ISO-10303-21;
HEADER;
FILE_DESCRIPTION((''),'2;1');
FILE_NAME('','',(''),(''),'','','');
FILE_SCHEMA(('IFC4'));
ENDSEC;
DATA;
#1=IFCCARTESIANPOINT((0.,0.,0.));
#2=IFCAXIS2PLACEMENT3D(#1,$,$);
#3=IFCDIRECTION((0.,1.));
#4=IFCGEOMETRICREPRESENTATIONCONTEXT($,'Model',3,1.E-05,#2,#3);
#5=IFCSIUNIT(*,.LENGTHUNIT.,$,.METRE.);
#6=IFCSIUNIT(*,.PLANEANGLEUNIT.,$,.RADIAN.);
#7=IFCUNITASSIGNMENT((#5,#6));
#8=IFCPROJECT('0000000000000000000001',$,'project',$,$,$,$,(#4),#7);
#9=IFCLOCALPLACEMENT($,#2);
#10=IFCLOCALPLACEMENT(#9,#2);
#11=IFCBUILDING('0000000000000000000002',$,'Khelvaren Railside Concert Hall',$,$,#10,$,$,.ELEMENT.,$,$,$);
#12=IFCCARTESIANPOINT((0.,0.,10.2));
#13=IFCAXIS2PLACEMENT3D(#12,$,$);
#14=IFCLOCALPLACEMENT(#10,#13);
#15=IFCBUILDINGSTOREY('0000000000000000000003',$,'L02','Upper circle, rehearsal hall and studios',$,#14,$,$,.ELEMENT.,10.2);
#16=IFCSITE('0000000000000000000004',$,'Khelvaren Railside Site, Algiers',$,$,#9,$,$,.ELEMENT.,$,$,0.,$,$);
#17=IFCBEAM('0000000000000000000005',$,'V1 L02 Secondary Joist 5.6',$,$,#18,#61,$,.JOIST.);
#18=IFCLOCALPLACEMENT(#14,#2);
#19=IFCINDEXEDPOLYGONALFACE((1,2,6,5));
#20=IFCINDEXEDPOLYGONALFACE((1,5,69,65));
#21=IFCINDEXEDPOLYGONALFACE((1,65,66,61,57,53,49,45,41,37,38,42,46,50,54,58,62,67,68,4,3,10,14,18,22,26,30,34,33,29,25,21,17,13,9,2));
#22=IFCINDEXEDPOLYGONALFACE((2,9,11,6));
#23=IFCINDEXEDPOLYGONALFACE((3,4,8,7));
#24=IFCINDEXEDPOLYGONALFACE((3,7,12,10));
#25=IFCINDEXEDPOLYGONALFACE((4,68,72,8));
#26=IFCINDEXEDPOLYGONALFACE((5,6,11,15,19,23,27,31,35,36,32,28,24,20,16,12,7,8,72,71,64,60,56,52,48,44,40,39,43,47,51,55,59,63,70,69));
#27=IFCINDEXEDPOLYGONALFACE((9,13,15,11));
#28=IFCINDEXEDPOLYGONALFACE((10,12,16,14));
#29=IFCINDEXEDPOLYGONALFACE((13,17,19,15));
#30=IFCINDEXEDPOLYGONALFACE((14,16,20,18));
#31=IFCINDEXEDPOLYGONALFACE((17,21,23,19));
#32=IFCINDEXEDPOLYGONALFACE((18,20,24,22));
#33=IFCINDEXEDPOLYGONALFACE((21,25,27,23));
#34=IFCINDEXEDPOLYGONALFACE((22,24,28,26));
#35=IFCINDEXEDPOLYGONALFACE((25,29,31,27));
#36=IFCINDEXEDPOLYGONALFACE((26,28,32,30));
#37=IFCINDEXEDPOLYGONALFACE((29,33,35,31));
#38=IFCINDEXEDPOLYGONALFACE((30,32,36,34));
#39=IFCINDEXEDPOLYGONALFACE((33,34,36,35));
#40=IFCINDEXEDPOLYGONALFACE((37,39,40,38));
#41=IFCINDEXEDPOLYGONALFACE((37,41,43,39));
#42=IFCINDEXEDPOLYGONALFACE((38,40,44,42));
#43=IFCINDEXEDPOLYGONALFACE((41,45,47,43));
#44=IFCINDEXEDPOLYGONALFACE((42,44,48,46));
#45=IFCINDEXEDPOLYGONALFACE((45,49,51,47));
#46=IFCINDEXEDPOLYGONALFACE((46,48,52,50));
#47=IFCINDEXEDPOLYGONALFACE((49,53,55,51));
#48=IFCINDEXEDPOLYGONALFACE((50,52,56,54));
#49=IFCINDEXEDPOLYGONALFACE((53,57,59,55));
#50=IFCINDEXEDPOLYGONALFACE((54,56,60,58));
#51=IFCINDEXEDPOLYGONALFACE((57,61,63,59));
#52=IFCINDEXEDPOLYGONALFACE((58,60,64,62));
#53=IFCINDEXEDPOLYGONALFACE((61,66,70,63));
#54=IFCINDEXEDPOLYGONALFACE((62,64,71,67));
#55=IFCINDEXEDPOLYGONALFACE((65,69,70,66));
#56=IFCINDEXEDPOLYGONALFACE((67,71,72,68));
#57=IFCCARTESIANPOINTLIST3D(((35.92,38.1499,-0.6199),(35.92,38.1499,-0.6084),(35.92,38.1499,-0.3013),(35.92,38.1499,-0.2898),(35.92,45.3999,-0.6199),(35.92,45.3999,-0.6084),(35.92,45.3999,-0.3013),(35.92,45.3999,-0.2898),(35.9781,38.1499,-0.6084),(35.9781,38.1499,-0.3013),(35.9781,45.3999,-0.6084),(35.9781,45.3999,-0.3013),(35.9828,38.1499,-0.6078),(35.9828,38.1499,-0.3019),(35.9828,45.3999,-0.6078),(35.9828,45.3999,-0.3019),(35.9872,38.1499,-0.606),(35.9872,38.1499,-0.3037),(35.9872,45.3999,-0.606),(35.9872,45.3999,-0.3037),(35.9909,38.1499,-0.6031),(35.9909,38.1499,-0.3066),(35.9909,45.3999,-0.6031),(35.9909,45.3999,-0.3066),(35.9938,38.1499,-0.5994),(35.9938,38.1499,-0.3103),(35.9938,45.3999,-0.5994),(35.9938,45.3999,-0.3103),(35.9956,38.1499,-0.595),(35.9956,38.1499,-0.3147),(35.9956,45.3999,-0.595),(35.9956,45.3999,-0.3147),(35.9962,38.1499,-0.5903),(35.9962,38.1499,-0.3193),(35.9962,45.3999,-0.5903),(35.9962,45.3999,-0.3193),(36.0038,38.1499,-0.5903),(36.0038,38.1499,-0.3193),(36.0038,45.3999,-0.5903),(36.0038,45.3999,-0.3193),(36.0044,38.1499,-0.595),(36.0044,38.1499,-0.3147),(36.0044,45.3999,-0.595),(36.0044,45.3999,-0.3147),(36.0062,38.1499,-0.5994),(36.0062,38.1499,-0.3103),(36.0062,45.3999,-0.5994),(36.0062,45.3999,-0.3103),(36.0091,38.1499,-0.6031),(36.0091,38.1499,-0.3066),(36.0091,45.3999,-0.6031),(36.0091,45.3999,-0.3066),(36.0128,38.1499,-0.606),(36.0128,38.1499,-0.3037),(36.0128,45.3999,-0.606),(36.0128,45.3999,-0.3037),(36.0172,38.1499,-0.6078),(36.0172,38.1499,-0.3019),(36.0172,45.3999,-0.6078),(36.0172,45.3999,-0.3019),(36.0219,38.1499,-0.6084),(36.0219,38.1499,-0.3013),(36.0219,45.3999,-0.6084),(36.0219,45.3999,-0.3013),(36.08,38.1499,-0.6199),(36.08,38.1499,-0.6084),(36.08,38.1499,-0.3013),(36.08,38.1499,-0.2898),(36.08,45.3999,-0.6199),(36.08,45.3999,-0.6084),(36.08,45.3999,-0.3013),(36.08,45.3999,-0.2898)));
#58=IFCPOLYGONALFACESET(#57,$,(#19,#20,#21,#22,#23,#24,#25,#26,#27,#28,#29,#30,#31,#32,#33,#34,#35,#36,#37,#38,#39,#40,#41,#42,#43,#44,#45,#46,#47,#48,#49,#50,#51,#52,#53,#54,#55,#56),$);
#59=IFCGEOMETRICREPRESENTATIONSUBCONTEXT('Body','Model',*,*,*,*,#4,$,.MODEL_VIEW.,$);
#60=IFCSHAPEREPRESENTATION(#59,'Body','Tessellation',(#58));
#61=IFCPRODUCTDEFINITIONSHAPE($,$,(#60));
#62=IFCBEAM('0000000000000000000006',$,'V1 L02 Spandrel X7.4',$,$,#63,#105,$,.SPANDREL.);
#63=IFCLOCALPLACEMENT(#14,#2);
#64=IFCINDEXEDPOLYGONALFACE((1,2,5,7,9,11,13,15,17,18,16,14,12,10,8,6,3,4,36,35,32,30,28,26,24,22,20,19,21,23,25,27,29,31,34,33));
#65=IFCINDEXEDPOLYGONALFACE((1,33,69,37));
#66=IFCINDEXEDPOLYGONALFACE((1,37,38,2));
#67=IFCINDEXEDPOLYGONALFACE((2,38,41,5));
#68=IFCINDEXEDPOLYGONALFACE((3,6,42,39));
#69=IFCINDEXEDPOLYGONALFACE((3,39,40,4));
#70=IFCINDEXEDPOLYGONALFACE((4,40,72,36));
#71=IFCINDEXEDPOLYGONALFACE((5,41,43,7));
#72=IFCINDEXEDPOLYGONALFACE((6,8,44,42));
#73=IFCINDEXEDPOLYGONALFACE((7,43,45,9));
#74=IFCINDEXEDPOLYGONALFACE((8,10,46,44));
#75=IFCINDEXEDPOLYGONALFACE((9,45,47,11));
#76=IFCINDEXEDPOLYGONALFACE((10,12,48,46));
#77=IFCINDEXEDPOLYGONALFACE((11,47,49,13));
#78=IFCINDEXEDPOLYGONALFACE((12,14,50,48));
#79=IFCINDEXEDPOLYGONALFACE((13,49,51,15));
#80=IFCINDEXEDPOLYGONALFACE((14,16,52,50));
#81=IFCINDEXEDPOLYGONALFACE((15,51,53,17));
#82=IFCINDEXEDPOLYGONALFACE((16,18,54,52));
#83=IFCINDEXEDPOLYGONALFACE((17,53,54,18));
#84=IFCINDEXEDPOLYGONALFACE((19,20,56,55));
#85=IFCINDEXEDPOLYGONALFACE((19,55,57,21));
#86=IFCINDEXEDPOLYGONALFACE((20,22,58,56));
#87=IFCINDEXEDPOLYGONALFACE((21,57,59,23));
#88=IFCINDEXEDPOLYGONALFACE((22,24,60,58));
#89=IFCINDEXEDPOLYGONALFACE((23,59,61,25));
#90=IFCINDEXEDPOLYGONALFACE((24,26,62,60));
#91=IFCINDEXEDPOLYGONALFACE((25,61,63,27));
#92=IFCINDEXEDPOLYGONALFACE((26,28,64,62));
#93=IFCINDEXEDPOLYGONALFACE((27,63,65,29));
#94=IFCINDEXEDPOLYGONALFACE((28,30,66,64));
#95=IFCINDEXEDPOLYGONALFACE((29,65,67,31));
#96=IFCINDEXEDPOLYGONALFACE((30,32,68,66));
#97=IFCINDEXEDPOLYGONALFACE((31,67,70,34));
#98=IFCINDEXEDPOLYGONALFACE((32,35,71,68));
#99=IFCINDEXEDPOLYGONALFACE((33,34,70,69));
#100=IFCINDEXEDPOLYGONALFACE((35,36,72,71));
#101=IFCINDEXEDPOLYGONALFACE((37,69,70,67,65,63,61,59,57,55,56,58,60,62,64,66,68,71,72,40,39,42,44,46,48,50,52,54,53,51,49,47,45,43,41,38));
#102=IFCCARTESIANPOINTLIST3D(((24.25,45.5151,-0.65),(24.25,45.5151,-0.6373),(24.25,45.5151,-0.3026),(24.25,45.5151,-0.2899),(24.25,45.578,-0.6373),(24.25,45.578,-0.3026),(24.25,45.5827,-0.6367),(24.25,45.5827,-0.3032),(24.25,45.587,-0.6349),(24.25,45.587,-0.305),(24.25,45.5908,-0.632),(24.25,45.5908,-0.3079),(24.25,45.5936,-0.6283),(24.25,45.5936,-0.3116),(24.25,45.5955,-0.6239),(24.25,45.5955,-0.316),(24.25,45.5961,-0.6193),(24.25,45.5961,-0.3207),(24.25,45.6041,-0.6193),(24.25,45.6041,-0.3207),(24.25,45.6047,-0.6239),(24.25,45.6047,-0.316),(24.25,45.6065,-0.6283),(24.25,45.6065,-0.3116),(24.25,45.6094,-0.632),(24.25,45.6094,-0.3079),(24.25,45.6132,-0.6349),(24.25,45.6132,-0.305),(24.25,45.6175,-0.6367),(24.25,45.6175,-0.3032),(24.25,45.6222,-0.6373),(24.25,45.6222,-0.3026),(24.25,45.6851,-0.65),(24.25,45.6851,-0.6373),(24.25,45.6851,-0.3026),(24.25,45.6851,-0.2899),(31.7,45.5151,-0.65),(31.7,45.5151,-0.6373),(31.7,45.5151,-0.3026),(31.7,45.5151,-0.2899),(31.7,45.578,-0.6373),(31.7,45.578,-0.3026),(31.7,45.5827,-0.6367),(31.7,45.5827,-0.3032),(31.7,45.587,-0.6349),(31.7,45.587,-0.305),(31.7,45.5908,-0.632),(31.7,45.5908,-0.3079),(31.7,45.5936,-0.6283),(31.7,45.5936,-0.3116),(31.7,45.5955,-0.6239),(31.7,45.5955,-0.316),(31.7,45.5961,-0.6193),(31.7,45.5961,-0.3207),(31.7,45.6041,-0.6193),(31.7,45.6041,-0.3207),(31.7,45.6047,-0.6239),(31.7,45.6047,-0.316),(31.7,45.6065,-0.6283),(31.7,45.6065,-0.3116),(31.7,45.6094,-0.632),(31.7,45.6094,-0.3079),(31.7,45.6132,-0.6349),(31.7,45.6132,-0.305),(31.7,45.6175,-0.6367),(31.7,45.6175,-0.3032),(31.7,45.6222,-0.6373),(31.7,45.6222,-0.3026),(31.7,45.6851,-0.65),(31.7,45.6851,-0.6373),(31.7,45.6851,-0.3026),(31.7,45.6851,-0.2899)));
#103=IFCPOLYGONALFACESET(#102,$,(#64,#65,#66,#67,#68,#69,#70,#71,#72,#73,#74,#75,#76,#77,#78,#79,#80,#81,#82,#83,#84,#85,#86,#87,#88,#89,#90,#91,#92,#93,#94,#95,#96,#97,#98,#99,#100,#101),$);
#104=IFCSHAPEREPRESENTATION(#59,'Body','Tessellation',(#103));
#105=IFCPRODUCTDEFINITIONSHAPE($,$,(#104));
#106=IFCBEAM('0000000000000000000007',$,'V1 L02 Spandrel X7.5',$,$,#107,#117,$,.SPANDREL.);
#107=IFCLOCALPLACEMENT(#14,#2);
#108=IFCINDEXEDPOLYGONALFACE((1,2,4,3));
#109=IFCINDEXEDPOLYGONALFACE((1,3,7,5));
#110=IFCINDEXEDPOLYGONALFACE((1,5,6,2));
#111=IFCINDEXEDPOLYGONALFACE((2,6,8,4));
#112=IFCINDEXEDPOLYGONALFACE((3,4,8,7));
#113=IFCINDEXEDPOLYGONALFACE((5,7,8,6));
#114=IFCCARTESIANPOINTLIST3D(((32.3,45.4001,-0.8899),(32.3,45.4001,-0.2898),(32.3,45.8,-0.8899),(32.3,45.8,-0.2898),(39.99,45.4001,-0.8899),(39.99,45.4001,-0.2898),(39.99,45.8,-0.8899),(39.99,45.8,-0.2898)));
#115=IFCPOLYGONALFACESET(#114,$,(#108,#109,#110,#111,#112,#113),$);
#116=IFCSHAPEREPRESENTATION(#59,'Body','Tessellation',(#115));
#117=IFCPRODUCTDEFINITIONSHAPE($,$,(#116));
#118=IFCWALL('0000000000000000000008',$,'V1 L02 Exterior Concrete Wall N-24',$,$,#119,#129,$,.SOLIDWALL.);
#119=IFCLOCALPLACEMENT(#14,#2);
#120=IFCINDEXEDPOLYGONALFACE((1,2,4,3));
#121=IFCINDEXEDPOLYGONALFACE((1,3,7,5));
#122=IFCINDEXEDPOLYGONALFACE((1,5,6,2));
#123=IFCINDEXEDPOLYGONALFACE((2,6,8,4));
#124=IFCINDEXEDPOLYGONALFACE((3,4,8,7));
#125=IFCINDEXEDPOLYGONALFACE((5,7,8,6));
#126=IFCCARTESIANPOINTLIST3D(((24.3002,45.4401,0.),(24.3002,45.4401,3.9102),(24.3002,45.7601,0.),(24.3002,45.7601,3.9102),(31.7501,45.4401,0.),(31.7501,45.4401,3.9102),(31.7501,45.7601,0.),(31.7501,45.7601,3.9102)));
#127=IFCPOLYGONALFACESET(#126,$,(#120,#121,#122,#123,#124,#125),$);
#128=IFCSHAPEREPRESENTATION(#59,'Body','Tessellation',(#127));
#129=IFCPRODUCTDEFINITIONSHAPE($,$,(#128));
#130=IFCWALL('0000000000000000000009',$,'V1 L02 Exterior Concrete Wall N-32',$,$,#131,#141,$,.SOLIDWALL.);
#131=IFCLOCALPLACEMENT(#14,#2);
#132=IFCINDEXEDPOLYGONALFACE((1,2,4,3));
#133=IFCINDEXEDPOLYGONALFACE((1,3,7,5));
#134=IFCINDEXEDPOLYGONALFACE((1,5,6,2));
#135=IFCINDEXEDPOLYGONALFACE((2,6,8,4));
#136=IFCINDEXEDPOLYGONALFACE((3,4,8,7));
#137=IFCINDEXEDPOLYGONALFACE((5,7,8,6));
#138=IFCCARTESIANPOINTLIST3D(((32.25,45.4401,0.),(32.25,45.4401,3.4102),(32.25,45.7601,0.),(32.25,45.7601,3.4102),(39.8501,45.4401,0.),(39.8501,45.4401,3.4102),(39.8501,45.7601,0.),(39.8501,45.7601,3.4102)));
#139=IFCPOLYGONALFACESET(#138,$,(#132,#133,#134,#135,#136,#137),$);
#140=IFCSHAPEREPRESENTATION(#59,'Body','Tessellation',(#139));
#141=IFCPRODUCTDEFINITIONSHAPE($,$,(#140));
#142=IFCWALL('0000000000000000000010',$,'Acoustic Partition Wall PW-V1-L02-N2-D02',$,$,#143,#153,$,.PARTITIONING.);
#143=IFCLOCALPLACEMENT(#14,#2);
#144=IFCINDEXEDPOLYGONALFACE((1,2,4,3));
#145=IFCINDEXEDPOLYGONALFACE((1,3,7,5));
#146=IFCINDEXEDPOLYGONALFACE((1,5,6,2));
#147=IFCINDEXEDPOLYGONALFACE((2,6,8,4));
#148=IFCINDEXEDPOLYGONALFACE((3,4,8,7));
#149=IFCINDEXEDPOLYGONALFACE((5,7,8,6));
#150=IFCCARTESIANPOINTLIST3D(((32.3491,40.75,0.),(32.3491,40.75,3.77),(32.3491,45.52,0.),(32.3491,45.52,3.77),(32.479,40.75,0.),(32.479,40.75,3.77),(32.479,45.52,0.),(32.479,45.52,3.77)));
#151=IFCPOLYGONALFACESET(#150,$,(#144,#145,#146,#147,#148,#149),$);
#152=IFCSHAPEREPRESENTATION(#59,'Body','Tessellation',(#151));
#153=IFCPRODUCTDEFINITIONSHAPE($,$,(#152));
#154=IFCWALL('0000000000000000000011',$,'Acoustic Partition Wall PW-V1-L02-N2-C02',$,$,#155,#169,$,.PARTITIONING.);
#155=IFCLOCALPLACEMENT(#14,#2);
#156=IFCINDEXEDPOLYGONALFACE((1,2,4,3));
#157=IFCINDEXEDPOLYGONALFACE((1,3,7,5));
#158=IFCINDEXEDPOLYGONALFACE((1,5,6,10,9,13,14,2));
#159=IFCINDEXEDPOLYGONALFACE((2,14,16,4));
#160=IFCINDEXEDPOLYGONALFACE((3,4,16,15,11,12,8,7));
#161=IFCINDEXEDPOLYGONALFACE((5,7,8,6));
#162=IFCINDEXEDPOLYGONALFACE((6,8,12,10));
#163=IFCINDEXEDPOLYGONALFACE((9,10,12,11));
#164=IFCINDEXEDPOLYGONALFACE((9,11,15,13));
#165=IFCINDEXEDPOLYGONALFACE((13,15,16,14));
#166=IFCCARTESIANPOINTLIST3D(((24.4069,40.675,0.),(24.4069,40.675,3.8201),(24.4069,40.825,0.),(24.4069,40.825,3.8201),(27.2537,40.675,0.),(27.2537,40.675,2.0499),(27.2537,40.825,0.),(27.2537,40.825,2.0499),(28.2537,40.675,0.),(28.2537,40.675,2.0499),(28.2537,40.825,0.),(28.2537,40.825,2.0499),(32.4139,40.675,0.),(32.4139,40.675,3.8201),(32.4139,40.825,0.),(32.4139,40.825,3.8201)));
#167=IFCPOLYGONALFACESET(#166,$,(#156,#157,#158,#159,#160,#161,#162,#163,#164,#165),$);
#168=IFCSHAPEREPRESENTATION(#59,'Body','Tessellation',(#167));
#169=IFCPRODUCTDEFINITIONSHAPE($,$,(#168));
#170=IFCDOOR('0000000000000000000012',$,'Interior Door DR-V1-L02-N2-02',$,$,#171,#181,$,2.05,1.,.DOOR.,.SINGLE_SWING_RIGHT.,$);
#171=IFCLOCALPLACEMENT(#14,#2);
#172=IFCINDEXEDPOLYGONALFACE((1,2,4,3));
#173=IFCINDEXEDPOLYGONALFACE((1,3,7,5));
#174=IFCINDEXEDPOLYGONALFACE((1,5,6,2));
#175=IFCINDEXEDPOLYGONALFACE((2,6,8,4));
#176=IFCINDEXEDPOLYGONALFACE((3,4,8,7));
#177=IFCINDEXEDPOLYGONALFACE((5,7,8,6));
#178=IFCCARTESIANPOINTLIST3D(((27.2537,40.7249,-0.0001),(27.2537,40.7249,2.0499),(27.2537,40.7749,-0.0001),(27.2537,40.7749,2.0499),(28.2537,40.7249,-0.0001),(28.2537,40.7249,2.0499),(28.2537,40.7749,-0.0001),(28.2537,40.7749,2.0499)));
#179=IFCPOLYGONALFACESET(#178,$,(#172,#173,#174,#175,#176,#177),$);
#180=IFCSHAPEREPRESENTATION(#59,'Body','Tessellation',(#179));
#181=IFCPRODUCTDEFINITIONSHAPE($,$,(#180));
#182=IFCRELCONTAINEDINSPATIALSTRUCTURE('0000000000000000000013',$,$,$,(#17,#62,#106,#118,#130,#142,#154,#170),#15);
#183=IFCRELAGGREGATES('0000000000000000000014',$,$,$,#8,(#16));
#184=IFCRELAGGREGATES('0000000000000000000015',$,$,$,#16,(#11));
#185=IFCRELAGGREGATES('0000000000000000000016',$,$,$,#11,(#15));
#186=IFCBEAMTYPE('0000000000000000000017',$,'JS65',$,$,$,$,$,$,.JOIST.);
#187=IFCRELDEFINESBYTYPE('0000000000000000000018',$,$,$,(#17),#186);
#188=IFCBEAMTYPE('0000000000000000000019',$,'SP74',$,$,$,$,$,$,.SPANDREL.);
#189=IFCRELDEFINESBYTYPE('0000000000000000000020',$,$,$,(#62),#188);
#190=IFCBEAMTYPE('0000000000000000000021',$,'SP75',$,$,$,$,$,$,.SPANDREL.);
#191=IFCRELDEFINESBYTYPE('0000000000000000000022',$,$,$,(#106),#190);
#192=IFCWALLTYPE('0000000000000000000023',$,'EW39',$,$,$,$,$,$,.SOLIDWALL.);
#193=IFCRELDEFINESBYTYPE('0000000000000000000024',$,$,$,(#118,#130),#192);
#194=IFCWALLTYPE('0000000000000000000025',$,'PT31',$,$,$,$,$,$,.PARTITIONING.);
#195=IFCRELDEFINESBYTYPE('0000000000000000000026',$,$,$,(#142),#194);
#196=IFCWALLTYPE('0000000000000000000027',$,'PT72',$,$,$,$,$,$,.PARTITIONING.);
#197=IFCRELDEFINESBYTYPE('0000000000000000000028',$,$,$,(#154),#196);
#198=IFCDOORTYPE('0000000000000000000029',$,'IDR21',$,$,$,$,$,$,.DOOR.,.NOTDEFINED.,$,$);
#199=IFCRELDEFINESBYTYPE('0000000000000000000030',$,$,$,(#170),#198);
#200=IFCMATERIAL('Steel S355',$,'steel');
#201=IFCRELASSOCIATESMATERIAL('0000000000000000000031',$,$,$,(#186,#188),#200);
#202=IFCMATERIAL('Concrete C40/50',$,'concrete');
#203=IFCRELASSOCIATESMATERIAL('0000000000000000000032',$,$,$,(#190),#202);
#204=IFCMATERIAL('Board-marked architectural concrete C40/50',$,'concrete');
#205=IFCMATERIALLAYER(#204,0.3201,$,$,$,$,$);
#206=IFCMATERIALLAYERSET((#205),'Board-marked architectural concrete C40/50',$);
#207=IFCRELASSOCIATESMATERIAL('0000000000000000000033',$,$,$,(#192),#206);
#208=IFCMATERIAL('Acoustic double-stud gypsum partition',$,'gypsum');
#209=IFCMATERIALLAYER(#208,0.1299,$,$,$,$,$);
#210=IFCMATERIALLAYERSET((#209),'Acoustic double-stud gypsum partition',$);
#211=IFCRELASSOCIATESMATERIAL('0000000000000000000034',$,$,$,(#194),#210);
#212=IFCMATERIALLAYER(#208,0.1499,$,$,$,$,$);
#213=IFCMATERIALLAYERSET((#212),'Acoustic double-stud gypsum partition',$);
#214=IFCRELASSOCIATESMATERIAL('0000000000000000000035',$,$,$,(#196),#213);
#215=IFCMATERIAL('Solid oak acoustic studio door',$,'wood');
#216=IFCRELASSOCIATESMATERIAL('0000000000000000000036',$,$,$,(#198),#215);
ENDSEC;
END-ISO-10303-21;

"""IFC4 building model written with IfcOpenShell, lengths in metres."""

from ifc_helpers import new_model, si_unit, direction, frame, frame_2d, origin, origin_2d, place, context, subcontext, project, spatial, rectangle, i_section, extrude, material, layer, layer_set, material_profile, profile_set, type_object, element, fill, save


model = new_model("IFC4")

# Units and contexts
model_context = context("Model", 3, precision=1e-05, world=origin(), true_north=direction((0.0, 1.0)))
body_context = subcontext(model_context, "Body", "Model", "MODEL_VIEW")
ifc_project = project(units=[si_unit("LENGTHUNIT", "METRE"), si_unit("PLANEANGLEUNIT", "RADIAN")], contexts=[model_context])

# Site, building, storey
site_placement = place(None, origin())
site = spatial("IfcSite", under=ifc_project, at=site_placement, Name="Khelvaren Railside Site, Algiers", CompositionType="ELEMENT", RefElevation=0.0)
building_placement = place(site_placement, origin())
building = spatial("IfcBuilding", under=site, at=building_placement, Name="Khelvaren Railside Concert Hall", CompositionType="ELEMENT")
storey_placement = place(building_placement, frame((0.0, 0.0, 10.2)))
storey = spatial("IfcBuildingStorey", under=building, at=storey_placement, Name="L02", Description="Upper circle, rehearsal hall and studios", CompositionType="ELEMENT", Elevation=10.2)

# Shared definitions
ifc_material_1 = material(Name="Steel S355", Category="steel")

# Beams
ifc_material_profile_1 = material_profile(ifc_material_1, i_section(OverallWidth=0.1599, OverallDepth=0.3301, WebThickness=0.0076, FlangeThickness=0.0115, FilletRadius=0.0181, at=origin_2d()), Name="IPE 330")
ifc_profile_set_1 = profile_set([ifc_material_profile_1], Name="Steel S355")
beam_type_1 = type_object("IfcBeamType", Name="JS65", PredefinedType="JOIST", material=ifc_profile_set_1)
beam_1_placement = place(storey_placement, frame((36.0, 38.1499, -0.4548), z_axis=(0.0, 1.0, 0.0), x_axis=(-1.0, 0.0, 0.0)))
element("IfcBeam", 1, at=beam_1_placement, inside=storey, type_object=beam_type_1, Name="V1 L02 Secondary Joist 5.6", PredefinedType="JOIST", context=body_context, shape_type="SweptSolid", body=[
    extrude(i_section(OverallWidth=0.1599, OverallDepth=0.3301, WebThickness=0.0076, FlangeThickness=0.0115, FilletRadius=0.0181, at=origin_2d()), origin(), (0.0, 0.0, 1.0), 7.25),
])
ifc_material_profile_2 = material_profile(ifc_material_1, i_section(OverallWidth=0.1699, OverallDepth=0.3601, WebThickness=0.0081, FlangeThickness=0.0127, FilletRadius=0.0181, at=origin_2d()), Name="IPE 360")
ifc_profile_set_2 = profile_set([ifc_material_profile_2], Name="Steel S355")
beam_type_2 = type_object("IfcBeamType", Name="SP74", PredefinedType="SPANDREL", material=ifc_profile_set_2)
beam_2_placement = place(storey_placement, frame((24.25, 45.6001, -0.47), z_axis=(1.0, 0.0, 0.0), x_axis=(0.0, 1.0, 0.0)))
element("IfcBeam", 2, at=beam_2_placement, inside=storey, type_object=beam_type_2, Name="V1 L02 Spandrel X7.4", PredefinedType="SPANDREL", context=body_context, shape_type="SweptSolid", body=[
    extrude(i_section(OverallWidth=0.1699, OverallDepth=0.3601, WebThickness=0.0081, FlangeThickness=0.0127, FilletRadius=0.0181, at=origin_2d()), origin(), (0.0, 0.0, 1.0), 7.45),
])
ifc_material_2 = material(Name="Concrete C40/50", Category="concrete")
ifc_material_profile_3 = material_profile(ifc_material_2, rectangle(XDim=0.3999, YDim=0.6001, at=origin_2d()), Name="RCB 400x600")
ifc_profile_set_3 = profile_set([ifc_material_profile_3], Name="Concrete C40/50")
beam_type_3 = type_object("IfcBeamType", Name="SP75", PredefinedType="SPANDREL", material=ifc_profile_set_3)
beam_3_placement = place(storey_placement, frame((32.3, 45.6001, -0.5898), z_axis=(1.0, 0.0, 0.0), x_axis=(0.0, 1.0, 0.0)))
element("IfcBeam", 3, at=beam_3_placement, inside=storey, type_object=beam_type_3, Name="V1 L02 Spandrel X7.5", PredefinedType="SPANDREL", context=body_context, shape_type="SweptSolid", body=[
    extrude(rectangle(XDim=0.3999, YDim=0.6001, at=origin_2d()), origin(), (0.0, 0.0, 1.0), 7.6899),
])

# Walls
ifc_material_3 = material(Name="Board-marked architectural concrete C40/50", Category="concrete")
ifc_layer_1 = layer(ifc_material_3, 0.3201)
ifc_layer_set_1 = layer_set([ifc_layer_1], Name="Board-marked architectural concrete C40/50")
wall_type_1 = type_object("IfcWallType", Name="EW39", PredefinedType="SOLIDWALL", material=ifc_layer_set_1)
wall_1_placement = place(storey_placement, frame((24.3, 45.6001, 0.0), z_axis=(0.0, 0.0, 1.0), x_axis=(1.0, 0.0, 0.0)))
element("IfcWall", 4, at=wall_1_placement, inside=storey, type_object=wall_type_1, Name="V1 L02 Exterior Concrete Wall N-24", PredefinedType="SOLIDWALL", context=body_context, shape_type="SweptSolid", body=[
    extrude(rectangle(XDim=7.45, YDim=0.3201, at=frame_2d((3.7251, 0.0))), origin(), (0.0, 0.0, 1.0), 3.9102),
])
wall_2_placement = place(storey_placement, frame((32.25, 45.6001, 0.0), z_axis=(0.0, 0.0, 1.0), x_axis=(1.0, 0.0, 0.0)))
element("IfcWall", 5, at=wall_2_placement, inside=storey, type_object=wall_type_1, Name="V1 L02 Exterior Concrete Wall N-32", PredefinedType="SOLIDWALL", context=body_context, shape_type="SweptSolid", body=[
    extrude(rectangle(XDim=7.6001, YDim=0.3201, at=frame_2d((3.8, 0.0))), origin(), (0.0, 0.0, 1.0), 3.4102),
])
ifc_material_4 = material(Name="Acoustic double-stud gypsum partition", Category="gypsum")
ifc_layer_2 = layer(ifc_material_4, 0.1299)
ifc_layer_set_2 = layer_set([ifc_layer_2], Name="Acoustic double-stud gypsum partition")
wall_type_2 = type_object("IfcWallType", Name="PT31", PredefinedType="PARTITIONING", material=ifc_layer_set_2)
wall_3_placement = place(storey_placement, frame((32.4141, 40.75, 0.0), z_axis=(0.0, 0.0, 1.0), x_axis=(0.0, 1.0, 0.0)))
element("IfcWall", 6, at=wall_3_placement, inside=storey, type_object=wall_type_2, Name="Acoustic Partition Wall PW-V1-L02-N2-D02", PredefinedType="PARTITIONING", context=body_context, shape_type="SweptSolid", body=[
    extrude(rectangle(XDim=4.77, YDim=0.1299, at=frame_2d((2.385, 0.0))), origin(), (0.0, 0.0, 1.0), 3.77),
])

# Wall, opening, door
ifc_layer_3 = layer(ifc_material_4, 0.1499)
ifc_layer_set_3 = layer_set([ifc_layer_3], Name="Acoustic double-stud gypsum partition")
wall_type_3 = type_object("IfcWallType", Name="PT72", PredefinedType="PARTITIONING", material=ifc_layer_set_3)
wall_4_placement = place(storey_placement, frame((24.407, 40.75, 0.0), z_axis=(0.0, 0.0, 1.0), x_axis=(1.0, 0.0, 0.0)))
wall_4 = element("IfcWall", 7, at=wall_4_placement, inside=storey, type_object=wall_type_3, Name="Acoustic Partition Wall PW-V1-L02-N2-C02", PredefinedType="PARTITIONING", context=body_context, shape_type="SweptSolid", body=[
    extrude(rectangle(XDim=8.0071, YDim=0.1499, at=frame_2d((4.0034, 0.0))), origin(), (0.0, 0.0, 1.0), 3.8201),
])
opening_1_placement = place(wall_4_placement, frame((2.8467, 0.0, 0.0)))
opening_1 = element("IfcOpeningElement", 8, at=opening_1_placement, cuts=wall_4, PredefinedType="OPENING", context=body_context, shape_type="SweptSolid", body=[
    extrude(rectangle(XDim=1.0, YDim=2.05, at=frame_2d((0.5, 1.0249))), frame((0.0, 0.085, 0.0), z_axis=(0.0, -1.0, 0.0), x_axis=(1.0, 0.0, 0.0)), (0.0, 0.0, 1.0), 0.1699),
])
ifc_material_5 = material(Name="Solid oak acoustic studio door", Category="wood")
door_type_1 = type_object("IfcDoorType", Name="IDR21", OperationType="NOTDEFINED", PredefinedType="DOOR", material=ifc_material_5)
door_1_placement = place(opening_1_placement, origin())
door_1 = element("IfcDoor", 9, at=door_1_placement, inside=storey, type_object=door_type_1, Name="Interior Door DR-V1-L02-N2-02", OperationType="SINGLE_SWING_RIGHT", OverallHeight=2.05, OverallWidth=1.0, PredefinedType="DOOR", context=body_context, shape_type="SweptSolid", body=[
    extrude(rectangle(XDim=1.0, YDim=2.05, at=frame_2d((0.5, 1.0249))), frame((0.0, 0.0249, 0.0), z_axis=(0.0, -1.0, 0.0), x_axis=(1.0, 0.0, 0.0)), (0.0, 0.0, 1.0), 0.05),
])
fill(opening_1, door_1)

save(model, "model.ifc")
